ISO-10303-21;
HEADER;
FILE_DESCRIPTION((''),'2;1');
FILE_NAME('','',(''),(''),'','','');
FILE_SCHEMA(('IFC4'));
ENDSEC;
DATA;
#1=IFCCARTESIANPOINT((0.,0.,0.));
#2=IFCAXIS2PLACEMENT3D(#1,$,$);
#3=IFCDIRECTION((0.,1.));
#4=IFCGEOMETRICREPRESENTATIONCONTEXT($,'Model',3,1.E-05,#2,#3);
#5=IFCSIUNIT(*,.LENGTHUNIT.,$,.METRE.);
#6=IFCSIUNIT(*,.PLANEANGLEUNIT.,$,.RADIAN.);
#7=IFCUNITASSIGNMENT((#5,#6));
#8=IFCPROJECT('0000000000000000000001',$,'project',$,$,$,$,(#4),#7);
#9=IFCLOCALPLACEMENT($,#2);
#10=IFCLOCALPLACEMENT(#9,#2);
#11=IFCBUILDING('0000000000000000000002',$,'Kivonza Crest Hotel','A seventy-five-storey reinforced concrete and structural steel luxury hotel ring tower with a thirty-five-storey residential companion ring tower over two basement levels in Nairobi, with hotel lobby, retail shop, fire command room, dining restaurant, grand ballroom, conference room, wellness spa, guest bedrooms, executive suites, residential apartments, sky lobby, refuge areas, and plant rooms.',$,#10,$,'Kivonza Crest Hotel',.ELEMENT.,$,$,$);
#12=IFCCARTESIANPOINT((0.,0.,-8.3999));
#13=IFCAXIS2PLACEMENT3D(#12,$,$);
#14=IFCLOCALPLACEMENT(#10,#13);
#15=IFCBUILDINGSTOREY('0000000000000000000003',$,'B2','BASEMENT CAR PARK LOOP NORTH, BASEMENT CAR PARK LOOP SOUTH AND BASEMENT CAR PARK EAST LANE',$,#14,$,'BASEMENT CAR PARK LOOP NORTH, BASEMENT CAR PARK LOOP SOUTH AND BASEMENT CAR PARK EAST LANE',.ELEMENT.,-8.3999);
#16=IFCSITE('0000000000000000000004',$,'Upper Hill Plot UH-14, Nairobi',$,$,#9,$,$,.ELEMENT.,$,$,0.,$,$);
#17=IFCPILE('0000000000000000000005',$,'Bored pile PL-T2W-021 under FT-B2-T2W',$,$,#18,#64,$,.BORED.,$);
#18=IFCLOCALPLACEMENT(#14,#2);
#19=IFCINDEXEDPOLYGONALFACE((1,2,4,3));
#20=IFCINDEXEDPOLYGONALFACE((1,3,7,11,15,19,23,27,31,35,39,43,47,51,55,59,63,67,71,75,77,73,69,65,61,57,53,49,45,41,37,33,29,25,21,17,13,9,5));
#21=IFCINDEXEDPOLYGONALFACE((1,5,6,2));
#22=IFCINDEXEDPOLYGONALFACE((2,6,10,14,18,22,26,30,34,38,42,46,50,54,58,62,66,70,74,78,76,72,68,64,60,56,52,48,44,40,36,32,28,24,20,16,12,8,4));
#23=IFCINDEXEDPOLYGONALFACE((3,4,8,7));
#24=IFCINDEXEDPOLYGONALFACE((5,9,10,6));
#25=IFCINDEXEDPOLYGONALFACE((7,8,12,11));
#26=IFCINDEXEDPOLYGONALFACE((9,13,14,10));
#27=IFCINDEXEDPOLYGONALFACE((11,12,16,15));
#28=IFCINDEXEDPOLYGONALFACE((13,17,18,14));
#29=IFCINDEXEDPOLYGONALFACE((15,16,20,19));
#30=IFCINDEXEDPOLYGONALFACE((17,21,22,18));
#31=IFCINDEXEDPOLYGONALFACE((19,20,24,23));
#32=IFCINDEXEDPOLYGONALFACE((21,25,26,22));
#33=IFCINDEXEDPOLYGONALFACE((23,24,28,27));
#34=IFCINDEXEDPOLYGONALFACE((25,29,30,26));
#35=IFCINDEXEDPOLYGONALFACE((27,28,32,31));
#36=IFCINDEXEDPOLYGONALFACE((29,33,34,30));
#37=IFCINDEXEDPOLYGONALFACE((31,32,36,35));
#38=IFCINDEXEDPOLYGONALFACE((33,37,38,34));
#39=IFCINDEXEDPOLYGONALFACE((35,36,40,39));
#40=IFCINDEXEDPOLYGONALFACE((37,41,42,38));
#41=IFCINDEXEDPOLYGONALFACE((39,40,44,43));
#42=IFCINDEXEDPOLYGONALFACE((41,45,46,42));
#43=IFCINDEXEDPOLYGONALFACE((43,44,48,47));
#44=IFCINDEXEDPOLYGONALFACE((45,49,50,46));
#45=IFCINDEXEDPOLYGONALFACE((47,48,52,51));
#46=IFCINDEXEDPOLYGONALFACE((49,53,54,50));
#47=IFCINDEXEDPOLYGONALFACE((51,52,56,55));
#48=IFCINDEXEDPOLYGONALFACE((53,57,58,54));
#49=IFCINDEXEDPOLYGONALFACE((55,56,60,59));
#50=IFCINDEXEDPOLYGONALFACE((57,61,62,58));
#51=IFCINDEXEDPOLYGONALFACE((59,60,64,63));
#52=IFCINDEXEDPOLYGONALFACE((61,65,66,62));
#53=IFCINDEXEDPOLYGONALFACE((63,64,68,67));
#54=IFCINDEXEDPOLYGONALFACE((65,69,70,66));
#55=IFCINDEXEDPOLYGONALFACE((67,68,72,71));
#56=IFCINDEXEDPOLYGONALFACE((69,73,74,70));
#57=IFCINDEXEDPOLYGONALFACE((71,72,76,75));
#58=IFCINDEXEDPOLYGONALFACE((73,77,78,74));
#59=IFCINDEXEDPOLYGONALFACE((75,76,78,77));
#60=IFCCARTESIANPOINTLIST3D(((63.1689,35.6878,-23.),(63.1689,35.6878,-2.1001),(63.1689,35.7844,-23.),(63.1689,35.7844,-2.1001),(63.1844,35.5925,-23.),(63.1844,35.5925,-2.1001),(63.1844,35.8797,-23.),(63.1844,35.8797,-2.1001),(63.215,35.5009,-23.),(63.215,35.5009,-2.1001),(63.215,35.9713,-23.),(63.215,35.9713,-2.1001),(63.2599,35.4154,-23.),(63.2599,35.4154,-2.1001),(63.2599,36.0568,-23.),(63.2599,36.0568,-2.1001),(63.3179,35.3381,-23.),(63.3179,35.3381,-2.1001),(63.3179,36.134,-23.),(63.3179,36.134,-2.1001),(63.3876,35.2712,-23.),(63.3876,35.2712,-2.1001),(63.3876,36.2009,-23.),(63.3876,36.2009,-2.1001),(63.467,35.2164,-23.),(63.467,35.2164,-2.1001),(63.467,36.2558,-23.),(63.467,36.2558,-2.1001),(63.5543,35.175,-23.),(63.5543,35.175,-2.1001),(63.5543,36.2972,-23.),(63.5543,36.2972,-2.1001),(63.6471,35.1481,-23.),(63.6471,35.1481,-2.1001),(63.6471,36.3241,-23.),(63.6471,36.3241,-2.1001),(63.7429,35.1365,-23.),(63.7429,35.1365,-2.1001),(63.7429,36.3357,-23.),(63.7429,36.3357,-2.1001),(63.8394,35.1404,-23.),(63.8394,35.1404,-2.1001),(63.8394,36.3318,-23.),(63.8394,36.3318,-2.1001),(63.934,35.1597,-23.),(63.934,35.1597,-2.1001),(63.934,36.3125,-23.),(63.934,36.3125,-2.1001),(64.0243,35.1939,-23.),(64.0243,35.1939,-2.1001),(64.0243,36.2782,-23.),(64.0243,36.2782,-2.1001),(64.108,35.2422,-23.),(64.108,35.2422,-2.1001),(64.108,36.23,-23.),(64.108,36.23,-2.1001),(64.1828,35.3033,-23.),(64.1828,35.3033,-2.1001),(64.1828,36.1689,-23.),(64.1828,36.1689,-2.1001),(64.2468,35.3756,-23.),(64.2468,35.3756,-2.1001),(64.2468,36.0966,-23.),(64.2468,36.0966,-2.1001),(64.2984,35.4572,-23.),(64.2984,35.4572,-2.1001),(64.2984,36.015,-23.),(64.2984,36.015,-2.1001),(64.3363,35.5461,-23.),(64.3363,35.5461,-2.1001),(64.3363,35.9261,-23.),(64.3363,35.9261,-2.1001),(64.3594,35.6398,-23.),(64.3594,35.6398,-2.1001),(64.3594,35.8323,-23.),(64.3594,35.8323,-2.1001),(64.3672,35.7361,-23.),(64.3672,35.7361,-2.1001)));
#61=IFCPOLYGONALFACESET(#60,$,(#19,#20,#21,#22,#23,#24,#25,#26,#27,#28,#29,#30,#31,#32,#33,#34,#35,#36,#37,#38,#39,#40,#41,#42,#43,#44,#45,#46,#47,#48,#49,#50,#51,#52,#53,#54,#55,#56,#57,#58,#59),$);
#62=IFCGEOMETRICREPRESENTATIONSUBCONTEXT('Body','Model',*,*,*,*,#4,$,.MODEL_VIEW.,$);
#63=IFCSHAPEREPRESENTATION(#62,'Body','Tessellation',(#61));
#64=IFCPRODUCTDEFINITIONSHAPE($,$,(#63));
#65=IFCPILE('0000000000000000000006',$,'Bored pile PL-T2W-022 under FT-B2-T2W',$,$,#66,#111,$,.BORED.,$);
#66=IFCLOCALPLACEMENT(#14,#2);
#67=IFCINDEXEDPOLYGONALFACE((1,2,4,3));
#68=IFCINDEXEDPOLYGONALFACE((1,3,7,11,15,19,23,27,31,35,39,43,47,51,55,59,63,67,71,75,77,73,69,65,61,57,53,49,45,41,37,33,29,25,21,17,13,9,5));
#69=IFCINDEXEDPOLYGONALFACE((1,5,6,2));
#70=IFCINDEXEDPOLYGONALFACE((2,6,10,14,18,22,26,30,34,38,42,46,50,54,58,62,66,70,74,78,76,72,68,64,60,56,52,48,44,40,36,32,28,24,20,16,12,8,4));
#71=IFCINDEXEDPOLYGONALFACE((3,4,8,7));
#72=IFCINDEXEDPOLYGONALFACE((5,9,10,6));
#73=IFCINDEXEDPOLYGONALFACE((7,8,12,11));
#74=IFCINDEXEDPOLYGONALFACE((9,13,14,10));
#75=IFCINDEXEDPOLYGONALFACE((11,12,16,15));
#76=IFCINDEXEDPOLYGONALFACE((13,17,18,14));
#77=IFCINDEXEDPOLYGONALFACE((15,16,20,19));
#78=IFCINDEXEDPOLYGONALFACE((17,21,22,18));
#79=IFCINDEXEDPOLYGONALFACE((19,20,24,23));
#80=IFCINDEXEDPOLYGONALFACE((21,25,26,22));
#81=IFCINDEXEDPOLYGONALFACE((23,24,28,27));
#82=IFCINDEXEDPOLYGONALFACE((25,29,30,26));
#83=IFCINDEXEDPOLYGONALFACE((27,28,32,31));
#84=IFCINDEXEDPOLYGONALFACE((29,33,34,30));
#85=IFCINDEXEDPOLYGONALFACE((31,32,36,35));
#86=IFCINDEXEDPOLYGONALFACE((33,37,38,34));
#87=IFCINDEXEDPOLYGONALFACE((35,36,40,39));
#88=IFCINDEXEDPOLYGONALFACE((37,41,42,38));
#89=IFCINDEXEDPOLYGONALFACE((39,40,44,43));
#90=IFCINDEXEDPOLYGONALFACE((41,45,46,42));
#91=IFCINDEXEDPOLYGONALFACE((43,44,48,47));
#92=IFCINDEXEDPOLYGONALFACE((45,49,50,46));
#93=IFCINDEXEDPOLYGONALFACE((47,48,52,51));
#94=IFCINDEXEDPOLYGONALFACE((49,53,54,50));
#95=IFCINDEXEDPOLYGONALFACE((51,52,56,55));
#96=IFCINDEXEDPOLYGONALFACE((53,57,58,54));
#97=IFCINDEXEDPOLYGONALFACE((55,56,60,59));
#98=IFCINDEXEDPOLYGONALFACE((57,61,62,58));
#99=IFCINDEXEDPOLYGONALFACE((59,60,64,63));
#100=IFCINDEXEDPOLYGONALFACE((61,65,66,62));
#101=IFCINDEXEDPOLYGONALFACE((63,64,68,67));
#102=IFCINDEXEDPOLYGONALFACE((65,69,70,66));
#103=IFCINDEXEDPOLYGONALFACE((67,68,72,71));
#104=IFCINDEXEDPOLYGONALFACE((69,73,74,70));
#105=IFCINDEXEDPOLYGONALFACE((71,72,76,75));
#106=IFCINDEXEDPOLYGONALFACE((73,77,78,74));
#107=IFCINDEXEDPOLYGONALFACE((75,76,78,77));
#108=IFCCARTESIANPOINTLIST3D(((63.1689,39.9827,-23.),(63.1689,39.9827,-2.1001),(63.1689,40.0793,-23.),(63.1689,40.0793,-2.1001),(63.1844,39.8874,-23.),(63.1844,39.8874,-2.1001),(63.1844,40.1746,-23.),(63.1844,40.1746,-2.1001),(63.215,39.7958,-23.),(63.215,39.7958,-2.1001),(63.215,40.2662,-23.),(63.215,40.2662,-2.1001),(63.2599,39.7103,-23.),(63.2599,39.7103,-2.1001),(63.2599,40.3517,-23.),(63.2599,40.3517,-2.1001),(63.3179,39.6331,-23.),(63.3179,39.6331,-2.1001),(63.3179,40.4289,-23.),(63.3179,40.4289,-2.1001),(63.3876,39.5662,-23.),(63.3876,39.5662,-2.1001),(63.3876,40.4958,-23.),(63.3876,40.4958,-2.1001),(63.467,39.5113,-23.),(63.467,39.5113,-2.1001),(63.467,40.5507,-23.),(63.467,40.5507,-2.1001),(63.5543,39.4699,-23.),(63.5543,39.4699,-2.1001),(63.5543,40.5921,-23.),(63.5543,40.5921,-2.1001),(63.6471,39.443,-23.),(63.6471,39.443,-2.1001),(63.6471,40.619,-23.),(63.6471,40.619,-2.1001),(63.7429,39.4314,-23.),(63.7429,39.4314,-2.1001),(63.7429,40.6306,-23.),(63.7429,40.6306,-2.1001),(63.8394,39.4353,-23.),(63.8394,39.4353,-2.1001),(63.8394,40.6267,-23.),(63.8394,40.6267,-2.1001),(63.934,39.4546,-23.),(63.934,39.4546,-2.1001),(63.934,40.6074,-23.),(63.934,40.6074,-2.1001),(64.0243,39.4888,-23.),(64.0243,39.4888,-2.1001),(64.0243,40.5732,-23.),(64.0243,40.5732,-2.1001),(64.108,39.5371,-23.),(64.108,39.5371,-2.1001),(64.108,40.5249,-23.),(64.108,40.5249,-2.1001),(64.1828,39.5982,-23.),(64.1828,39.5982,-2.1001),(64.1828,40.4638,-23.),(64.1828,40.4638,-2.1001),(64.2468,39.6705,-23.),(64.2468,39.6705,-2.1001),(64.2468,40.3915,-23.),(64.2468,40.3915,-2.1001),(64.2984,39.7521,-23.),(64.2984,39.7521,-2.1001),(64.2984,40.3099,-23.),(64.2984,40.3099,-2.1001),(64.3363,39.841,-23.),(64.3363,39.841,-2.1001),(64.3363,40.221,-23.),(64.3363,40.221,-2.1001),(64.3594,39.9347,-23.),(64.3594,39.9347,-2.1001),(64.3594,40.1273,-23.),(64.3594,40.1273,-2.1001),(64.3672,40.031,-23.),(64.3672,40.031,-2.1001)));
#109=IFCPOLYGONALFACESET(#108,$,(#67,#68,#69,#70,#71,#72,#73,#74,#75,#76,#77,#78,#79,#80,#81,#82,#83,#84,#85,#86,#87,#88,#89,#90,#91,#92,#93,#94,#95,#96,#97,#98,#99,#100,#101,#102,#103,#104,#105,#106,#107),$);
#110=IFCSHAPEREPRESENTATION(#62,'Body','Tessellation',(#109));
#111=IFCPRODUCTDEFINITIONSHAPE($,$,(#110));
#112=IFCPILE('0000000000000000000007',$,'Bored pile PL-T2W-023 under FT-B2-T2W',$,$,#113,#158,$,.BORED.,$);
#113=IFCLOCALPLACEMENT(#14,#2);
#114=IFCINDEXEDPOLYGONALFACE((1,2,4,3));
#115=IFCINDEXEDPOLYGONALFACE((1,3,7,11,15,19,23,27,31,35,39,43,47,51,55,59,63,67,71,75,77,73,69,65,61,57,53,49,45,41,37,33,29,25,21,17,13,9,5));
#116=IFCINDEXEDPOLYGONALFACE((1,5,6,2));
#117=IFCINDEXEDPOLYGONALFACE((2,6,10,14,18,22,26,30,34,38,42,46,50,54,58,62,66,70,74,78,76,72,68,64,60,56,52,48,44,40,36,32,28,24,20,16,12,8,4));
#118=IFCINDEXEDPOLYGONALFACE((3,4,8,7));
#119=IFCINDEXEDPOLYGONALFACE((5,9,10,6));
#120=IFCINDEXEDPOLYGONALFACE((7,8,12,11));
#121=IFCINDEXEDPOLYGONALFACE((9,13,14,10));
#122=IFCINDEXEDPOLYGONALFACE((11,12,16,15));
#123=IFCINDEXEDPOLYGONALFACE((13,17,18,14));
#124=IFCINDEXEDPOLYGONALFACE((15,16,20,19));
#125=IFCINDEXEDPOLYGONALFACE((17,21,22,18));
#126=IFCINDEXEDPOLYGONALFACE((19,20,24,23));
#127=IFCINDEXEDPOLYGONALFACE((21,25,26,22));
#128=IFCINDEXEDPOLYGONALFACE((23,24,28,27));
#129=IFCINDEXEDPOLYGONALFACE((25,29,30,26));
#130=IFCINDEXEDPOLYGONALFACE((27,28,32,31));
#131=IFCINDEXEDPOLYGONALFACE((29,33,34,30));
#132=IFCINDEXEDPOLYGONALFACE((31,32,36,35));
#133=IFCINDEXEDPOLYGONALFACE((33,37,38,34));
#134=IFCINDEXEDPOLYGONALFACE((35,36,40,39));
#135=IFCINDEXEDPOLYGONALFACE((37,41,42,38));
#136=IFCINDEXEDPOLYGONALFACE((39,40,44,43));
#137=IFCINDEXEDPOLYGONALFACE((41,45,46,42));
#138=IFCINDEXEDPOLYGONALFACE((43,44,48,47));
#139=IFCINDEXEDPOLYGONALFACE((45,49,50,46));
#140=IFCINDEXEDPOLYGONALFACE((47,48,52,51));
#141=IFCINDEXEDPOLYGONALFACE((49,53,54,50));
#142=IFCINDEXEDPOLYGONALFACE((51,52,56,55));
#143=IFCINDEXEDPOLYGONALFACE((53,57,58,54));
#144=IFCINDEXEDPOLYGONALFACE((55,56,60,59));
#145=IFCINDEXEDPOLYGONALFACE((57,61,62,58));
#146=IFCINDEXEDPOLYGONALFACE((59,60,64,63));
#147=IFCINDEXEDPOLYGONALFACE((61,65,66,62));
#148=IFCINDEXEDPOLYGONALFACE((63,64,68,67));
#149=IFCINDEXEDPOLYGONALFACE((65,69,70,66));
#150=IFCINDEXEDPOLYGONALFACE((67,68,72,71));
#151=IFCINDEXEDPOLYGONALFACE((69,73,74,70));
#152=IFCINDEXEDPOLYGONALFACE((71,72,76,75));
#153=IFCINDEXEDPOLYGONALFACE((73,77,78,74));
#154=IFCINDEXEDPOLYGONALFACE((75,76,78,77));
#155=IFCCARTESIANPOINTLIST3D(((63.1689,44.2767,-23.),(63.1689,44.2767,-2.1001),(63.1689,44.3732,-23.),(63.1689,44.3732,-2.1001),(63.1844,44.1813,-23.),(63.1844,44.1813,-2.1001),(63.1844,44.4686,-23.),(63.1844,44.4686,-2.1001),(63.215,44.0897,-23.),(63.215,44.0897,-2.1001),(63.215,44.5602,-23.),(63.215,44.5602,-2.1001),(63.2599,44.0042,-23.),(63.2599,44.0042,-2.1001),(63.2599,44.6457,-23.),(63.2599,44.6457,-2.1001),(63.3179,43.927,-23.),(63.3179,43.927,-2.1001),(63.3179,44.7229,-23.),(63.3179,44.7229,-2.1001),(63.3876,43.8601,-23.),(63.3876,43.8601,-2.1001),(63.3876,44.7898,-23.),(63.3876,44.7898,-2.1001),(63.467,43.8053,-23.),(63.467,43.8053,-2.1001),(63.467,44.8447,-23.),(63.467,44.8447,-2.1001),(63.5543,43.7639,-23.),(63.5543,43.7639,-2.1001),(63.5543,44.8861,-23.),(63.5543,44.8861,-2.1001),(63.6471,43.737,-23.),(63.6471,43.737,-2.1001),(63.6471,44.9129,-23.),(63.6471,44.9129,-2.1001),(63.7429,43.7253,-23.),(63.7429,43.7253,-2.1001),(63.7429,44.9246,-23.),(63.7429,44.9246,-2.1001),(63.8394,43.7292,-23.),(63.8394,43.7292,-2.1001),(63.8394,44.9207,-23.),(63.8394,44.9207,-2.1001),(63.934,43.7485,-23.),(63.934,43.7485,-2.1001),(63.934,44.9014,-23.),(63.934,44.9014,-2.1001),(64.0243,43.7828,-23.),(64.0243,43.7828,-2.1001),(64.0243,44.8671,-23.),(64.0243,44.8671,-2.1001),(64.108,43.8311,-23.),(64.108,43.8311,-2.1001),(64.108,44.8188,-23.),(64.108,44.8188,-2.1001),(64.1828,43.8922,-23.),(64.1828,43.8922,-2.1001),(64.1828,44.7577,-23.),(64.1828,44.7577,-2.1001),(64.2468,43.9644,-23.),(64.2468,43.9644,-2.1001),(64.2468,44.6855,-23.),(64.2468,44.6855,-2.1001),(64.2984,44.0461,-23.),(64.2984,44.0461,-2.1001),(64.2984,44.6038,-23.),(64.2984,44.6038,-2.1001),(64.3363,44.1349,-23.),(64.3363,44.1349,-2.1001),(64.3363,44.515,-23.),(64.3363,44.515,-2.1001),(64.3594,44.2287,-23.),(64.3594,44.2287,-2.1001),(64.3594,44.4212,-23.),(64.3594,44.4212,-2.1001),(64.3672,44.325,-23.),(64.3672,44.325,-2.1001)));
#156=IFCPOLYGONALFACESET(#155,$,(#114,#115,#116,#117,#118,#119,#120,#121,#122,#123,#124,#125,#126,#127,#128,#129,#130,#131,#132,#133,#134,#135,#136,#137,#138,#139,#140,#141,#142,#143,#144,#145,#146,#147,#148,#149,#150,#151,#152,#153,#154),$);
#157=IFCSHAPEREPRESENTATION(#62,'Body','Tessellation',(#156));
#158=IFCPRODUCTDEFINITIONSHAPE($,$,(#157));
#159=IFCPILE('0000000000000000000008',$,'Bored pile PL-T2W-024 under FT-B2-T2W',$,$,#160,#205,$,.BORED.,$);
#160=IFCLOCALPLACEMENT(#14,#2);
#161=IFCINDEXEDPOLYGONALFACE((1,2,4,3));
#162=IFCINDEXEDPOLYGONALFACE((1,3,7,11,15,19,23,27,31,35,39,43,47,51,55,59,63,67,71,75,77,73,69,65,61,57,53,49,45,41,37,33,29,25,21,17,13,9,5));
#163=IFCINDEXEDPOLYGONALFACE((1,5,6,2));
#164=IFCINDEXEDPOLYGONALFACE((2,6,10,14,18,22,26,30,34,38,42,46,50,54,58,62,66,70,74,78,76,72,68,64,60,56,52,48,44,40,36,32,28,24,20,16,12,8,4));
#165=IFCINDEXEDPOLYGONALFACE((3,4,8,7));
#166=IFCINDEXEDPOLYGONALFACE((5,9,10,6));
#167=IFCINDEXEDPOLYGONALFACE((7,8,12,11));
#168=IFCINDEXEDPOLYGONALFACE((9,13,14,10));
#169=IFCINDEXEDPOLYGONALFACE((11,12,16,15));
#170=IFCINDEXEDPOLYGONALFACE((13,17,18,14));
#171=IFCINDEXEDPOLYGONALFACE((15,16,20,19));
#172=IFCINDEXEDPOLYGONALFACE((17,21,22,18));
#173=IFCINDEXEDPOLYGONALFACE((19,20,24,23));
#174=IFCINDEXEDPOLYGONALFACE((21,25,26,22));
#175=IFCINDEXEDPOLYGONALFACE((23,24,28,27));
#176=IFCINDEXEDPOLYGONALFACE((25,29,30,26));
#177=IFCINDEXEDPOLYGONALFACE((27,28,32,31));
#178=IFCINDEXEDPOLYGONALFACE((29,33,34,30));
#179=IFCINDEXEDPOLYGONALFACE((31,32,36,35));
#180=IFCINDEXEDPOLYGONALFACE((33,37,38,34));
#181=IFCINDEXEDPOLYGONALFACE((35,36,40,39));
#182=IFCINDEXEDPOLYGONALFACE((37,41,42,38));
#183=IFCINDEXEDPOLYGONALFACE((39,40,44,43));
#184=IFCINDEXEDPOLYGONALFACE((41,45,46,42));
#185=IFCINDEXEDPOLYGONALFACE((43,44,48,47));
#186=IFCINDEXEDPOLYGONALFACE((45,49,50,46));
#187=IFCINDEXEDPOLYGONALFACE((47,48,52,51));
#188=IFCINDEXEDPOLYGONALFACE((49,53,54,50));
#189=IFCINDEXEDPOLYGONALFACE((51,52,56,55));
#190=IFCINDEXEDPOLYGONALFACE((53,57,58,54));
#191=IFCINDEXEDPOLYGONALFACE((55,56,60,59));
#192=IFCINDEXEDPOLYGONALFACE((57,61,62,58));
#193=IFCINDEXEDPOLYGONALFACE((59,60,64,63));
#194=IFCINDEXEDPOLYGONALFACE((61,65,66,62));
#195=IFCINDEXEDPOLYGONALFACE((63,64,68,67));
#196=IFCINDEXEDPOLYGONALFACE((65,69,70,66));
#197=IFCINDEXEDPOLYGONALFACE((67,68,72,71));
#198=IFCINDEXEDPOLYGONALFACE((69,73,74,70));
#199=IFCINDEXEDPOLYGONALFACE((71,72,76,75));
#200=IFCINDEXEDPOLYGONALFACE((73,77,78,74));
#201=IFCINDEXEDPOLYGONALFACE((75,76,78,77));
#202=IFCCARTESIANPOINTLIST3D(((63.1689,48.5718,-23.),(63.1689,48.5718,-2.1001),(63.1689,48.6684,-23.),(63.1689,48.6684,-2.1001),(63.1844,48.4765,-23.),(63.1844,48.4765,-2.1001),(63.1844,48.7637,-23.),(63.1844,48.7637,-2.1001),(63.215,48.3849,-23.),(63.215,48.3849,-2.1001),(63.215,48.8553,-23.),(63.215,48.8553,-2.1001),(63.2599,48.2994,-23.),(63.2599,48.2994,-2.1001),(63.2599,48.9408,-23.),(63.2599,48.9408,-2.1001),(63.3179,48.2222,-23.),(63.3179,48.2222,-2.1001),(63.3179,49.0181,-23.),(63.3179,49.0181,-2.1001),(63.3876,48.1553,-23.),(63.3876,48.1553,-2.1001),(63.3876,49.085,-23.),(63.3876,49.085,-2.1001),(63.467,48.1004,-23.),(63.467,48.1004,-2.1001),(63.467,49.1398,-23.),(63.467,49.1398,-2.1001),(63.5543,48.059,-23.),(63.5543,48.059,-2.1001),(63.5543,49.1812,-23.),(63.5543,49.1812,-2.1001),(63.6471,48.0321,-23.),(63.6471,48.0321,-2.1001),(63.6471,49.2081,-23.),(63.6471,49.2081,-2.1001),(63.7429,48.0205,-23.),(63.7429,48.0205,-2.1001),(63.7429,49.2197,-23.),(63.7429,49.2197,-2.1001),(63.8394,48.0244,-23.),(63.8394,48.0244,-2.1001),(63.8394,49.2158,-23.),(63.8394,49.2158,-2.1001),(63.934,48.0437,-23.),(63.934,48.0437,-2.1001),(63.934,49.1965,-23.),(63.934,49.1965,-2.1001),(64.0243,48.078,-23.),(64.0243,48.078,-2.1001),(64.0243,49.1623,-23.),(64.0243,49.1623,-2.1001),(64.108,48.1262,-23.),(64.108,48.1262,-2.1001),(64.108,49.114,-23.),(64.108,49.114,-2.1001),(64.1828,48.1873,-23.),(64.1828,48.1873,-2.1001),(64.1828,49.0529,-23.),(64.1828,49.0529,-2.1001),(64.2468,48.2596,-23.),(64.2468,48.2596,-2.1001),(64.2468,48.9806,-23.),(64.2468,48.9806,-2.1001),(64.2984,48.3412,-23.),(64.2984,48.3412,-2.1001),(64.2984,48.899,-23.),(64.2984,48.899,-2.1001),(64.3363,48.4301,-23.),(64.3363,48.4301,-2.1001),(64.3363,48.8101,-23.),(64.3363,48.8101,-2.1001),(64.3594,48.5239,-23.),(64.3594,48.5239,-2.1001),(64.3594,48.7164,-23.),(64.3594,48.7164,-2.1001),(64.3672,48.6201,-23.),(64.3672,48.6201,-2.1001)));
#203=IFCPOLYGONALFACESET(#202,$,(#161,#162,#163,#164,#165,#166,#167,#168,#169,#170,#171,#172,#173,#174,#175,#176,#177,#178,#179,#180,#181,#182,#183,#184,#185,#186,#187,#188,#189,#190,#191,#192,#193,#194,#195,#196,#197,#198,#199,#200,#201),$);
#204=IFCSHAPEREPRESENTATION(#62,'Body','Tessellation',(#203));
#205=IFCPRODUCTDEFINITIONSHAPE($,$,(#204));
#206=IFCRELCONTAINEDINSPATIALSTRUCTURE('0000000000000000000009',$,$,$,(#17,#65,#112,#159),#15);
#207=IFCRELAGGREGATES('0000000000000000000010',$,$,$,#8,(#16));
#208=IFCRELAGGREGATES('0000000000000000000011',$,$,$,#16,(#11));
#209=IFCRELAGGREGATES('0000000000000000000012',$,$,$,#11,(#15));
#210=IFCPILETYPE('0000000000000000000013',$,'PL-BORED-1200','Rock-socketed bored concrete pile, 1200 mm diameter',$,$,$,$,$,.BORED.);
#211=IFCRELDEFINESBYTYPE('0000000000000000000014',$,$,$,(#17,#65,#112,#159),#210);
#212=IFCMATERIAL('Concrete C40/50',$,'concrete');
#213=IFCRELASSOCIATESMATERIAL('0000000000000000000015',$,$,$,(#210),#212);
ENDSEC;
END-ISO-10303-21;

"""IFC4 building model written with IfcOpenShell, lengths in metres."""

from ifc_helpers import new_model, si_unit, direction, frame, origin, origin_2d, place, context, subcontext, project, spatial, circle, extrude, material, material_profile, profile_set, type_object, element, save


model = new_model("IFC4")

# Units and contexts
model_context = context("Model", 3, precision=1e-05, world=origin(), true_north=direction((0.0, 1.0)))
body_context = subcontext(model_context, "Body", "Model", "MODEL_VIEW")
ifc_project = project(units=[si_unit("LENGTHUNIT", "METRE"), si_unit("PLANEANGLEUNIT", "RADIAN")], contexts=[model_context])

# Site, building, storey
site_placement = place(None, origin())
site = spatial("IfcSite", under=ifc_project, at=site_placement, Name="Upper Hill Plot UH-14, Nairobi", CompositionType="ELEMENT", RefElevation=0.0)
building_placement = place(site_placement, origin())
building = spatial("IfcBuilding", under=site, at=building_placement, Name="Kivonza Crest Hotel", Description="A seventy-five-storey reinforced concrete and structural steel luxury hotel ring tower with a thirty-five-storey residential companion ring tower over two basement levels in Nairobi, with hotel lobby, retail shop, fire command room, dining restaurant, grand ballroom, conference room, wellness spa, guest bedrooms, executive suites, residential apartments, sky lobby, refuge areas, and plant rooms.", LongName="Kivonza Crest Hotel", CompositionType="ELEMENT")
storey_placement = place(building_placement, frame((0.0, 0.0, -8.3999)))
storey = spatial("IfcBuildingStorey", under=building, at=storey_placement, Name="B2", Description="BASEMENT CAR PARK LOOP NORTH, BASEMENT CAR PARK LOOP SOUTH AND BASEMENT CAR PARK EAST LANE", LongName="BASEMENT CAR PARK LOOP NORTH, BASEMENT CAR PARK LOOP SOUTH AND BASEMENT CAR PARK EAST LANE", CompositionType="ELEMENT", Elevation=-8.3999)

# Piles
ifc_material_1 = material(Name="Concrete C40/50", Category="concrete")
ifc_material_profile_1 = material_profile(ifc_material_1, circle(Radius=0.6001, at=origin_2d()), Name="PILE D1200")
ifc_profile_set_1 = profile_set([ifc_material_profile_1], Name="Concrete C40/50")
pile_type = type_object("IfcPileType", Name="PL-BORED-1200", Description="Rock-socketed bored concrete pile, 1200 mm diameter", PredefinedType="BORED", material=ifc_profile_set_1)
for number, where, z_axis, x_axis, name in (
    (1, (63.7671, 35.7361, -2.1001), (0.0, 0.0, -1.0), (1.0, 0.0, 0.0), "Bored pile PL-T2W-021 under FT-B2-T2W"),
    (2, (63.7671, 40.031, -2.1001), (0.0, 0.0, -1.0), (1.0, 0.0, 0.0), "Bored pile PL-T2W-022 under FT-B2-T2W"),
    (3, (63.7671, 44.325, -2.1001), (0.0, 0.0, -1.0), (1.0, 0.0, 0.0), "Bored pile PL-T2W-023 under FT-B2-T2W"),
    (4, (63.7671, 48.6201, -2.1001), (0.0, 0.0, -1.0), (1.0, 0.0, 0.0), "Bored pile PL-T2W-024 under FT-B2-T2W"),
):
    element("IfcPile", number, at=place(storey_placement, frame(where, z_axis=z_axis, x_axis=x_axis)), inside=storey, type_object=pile_type, Name=name, PredefinedType="BORED", context=body_context, shape_type="SweptSolid", body=[
        extrude(circle(Radius=0.6001, at=origin_2d()), origin(), (0.0, 0.0, 1.0), 20.8999),
    ])

save(model, "model.ifc")
